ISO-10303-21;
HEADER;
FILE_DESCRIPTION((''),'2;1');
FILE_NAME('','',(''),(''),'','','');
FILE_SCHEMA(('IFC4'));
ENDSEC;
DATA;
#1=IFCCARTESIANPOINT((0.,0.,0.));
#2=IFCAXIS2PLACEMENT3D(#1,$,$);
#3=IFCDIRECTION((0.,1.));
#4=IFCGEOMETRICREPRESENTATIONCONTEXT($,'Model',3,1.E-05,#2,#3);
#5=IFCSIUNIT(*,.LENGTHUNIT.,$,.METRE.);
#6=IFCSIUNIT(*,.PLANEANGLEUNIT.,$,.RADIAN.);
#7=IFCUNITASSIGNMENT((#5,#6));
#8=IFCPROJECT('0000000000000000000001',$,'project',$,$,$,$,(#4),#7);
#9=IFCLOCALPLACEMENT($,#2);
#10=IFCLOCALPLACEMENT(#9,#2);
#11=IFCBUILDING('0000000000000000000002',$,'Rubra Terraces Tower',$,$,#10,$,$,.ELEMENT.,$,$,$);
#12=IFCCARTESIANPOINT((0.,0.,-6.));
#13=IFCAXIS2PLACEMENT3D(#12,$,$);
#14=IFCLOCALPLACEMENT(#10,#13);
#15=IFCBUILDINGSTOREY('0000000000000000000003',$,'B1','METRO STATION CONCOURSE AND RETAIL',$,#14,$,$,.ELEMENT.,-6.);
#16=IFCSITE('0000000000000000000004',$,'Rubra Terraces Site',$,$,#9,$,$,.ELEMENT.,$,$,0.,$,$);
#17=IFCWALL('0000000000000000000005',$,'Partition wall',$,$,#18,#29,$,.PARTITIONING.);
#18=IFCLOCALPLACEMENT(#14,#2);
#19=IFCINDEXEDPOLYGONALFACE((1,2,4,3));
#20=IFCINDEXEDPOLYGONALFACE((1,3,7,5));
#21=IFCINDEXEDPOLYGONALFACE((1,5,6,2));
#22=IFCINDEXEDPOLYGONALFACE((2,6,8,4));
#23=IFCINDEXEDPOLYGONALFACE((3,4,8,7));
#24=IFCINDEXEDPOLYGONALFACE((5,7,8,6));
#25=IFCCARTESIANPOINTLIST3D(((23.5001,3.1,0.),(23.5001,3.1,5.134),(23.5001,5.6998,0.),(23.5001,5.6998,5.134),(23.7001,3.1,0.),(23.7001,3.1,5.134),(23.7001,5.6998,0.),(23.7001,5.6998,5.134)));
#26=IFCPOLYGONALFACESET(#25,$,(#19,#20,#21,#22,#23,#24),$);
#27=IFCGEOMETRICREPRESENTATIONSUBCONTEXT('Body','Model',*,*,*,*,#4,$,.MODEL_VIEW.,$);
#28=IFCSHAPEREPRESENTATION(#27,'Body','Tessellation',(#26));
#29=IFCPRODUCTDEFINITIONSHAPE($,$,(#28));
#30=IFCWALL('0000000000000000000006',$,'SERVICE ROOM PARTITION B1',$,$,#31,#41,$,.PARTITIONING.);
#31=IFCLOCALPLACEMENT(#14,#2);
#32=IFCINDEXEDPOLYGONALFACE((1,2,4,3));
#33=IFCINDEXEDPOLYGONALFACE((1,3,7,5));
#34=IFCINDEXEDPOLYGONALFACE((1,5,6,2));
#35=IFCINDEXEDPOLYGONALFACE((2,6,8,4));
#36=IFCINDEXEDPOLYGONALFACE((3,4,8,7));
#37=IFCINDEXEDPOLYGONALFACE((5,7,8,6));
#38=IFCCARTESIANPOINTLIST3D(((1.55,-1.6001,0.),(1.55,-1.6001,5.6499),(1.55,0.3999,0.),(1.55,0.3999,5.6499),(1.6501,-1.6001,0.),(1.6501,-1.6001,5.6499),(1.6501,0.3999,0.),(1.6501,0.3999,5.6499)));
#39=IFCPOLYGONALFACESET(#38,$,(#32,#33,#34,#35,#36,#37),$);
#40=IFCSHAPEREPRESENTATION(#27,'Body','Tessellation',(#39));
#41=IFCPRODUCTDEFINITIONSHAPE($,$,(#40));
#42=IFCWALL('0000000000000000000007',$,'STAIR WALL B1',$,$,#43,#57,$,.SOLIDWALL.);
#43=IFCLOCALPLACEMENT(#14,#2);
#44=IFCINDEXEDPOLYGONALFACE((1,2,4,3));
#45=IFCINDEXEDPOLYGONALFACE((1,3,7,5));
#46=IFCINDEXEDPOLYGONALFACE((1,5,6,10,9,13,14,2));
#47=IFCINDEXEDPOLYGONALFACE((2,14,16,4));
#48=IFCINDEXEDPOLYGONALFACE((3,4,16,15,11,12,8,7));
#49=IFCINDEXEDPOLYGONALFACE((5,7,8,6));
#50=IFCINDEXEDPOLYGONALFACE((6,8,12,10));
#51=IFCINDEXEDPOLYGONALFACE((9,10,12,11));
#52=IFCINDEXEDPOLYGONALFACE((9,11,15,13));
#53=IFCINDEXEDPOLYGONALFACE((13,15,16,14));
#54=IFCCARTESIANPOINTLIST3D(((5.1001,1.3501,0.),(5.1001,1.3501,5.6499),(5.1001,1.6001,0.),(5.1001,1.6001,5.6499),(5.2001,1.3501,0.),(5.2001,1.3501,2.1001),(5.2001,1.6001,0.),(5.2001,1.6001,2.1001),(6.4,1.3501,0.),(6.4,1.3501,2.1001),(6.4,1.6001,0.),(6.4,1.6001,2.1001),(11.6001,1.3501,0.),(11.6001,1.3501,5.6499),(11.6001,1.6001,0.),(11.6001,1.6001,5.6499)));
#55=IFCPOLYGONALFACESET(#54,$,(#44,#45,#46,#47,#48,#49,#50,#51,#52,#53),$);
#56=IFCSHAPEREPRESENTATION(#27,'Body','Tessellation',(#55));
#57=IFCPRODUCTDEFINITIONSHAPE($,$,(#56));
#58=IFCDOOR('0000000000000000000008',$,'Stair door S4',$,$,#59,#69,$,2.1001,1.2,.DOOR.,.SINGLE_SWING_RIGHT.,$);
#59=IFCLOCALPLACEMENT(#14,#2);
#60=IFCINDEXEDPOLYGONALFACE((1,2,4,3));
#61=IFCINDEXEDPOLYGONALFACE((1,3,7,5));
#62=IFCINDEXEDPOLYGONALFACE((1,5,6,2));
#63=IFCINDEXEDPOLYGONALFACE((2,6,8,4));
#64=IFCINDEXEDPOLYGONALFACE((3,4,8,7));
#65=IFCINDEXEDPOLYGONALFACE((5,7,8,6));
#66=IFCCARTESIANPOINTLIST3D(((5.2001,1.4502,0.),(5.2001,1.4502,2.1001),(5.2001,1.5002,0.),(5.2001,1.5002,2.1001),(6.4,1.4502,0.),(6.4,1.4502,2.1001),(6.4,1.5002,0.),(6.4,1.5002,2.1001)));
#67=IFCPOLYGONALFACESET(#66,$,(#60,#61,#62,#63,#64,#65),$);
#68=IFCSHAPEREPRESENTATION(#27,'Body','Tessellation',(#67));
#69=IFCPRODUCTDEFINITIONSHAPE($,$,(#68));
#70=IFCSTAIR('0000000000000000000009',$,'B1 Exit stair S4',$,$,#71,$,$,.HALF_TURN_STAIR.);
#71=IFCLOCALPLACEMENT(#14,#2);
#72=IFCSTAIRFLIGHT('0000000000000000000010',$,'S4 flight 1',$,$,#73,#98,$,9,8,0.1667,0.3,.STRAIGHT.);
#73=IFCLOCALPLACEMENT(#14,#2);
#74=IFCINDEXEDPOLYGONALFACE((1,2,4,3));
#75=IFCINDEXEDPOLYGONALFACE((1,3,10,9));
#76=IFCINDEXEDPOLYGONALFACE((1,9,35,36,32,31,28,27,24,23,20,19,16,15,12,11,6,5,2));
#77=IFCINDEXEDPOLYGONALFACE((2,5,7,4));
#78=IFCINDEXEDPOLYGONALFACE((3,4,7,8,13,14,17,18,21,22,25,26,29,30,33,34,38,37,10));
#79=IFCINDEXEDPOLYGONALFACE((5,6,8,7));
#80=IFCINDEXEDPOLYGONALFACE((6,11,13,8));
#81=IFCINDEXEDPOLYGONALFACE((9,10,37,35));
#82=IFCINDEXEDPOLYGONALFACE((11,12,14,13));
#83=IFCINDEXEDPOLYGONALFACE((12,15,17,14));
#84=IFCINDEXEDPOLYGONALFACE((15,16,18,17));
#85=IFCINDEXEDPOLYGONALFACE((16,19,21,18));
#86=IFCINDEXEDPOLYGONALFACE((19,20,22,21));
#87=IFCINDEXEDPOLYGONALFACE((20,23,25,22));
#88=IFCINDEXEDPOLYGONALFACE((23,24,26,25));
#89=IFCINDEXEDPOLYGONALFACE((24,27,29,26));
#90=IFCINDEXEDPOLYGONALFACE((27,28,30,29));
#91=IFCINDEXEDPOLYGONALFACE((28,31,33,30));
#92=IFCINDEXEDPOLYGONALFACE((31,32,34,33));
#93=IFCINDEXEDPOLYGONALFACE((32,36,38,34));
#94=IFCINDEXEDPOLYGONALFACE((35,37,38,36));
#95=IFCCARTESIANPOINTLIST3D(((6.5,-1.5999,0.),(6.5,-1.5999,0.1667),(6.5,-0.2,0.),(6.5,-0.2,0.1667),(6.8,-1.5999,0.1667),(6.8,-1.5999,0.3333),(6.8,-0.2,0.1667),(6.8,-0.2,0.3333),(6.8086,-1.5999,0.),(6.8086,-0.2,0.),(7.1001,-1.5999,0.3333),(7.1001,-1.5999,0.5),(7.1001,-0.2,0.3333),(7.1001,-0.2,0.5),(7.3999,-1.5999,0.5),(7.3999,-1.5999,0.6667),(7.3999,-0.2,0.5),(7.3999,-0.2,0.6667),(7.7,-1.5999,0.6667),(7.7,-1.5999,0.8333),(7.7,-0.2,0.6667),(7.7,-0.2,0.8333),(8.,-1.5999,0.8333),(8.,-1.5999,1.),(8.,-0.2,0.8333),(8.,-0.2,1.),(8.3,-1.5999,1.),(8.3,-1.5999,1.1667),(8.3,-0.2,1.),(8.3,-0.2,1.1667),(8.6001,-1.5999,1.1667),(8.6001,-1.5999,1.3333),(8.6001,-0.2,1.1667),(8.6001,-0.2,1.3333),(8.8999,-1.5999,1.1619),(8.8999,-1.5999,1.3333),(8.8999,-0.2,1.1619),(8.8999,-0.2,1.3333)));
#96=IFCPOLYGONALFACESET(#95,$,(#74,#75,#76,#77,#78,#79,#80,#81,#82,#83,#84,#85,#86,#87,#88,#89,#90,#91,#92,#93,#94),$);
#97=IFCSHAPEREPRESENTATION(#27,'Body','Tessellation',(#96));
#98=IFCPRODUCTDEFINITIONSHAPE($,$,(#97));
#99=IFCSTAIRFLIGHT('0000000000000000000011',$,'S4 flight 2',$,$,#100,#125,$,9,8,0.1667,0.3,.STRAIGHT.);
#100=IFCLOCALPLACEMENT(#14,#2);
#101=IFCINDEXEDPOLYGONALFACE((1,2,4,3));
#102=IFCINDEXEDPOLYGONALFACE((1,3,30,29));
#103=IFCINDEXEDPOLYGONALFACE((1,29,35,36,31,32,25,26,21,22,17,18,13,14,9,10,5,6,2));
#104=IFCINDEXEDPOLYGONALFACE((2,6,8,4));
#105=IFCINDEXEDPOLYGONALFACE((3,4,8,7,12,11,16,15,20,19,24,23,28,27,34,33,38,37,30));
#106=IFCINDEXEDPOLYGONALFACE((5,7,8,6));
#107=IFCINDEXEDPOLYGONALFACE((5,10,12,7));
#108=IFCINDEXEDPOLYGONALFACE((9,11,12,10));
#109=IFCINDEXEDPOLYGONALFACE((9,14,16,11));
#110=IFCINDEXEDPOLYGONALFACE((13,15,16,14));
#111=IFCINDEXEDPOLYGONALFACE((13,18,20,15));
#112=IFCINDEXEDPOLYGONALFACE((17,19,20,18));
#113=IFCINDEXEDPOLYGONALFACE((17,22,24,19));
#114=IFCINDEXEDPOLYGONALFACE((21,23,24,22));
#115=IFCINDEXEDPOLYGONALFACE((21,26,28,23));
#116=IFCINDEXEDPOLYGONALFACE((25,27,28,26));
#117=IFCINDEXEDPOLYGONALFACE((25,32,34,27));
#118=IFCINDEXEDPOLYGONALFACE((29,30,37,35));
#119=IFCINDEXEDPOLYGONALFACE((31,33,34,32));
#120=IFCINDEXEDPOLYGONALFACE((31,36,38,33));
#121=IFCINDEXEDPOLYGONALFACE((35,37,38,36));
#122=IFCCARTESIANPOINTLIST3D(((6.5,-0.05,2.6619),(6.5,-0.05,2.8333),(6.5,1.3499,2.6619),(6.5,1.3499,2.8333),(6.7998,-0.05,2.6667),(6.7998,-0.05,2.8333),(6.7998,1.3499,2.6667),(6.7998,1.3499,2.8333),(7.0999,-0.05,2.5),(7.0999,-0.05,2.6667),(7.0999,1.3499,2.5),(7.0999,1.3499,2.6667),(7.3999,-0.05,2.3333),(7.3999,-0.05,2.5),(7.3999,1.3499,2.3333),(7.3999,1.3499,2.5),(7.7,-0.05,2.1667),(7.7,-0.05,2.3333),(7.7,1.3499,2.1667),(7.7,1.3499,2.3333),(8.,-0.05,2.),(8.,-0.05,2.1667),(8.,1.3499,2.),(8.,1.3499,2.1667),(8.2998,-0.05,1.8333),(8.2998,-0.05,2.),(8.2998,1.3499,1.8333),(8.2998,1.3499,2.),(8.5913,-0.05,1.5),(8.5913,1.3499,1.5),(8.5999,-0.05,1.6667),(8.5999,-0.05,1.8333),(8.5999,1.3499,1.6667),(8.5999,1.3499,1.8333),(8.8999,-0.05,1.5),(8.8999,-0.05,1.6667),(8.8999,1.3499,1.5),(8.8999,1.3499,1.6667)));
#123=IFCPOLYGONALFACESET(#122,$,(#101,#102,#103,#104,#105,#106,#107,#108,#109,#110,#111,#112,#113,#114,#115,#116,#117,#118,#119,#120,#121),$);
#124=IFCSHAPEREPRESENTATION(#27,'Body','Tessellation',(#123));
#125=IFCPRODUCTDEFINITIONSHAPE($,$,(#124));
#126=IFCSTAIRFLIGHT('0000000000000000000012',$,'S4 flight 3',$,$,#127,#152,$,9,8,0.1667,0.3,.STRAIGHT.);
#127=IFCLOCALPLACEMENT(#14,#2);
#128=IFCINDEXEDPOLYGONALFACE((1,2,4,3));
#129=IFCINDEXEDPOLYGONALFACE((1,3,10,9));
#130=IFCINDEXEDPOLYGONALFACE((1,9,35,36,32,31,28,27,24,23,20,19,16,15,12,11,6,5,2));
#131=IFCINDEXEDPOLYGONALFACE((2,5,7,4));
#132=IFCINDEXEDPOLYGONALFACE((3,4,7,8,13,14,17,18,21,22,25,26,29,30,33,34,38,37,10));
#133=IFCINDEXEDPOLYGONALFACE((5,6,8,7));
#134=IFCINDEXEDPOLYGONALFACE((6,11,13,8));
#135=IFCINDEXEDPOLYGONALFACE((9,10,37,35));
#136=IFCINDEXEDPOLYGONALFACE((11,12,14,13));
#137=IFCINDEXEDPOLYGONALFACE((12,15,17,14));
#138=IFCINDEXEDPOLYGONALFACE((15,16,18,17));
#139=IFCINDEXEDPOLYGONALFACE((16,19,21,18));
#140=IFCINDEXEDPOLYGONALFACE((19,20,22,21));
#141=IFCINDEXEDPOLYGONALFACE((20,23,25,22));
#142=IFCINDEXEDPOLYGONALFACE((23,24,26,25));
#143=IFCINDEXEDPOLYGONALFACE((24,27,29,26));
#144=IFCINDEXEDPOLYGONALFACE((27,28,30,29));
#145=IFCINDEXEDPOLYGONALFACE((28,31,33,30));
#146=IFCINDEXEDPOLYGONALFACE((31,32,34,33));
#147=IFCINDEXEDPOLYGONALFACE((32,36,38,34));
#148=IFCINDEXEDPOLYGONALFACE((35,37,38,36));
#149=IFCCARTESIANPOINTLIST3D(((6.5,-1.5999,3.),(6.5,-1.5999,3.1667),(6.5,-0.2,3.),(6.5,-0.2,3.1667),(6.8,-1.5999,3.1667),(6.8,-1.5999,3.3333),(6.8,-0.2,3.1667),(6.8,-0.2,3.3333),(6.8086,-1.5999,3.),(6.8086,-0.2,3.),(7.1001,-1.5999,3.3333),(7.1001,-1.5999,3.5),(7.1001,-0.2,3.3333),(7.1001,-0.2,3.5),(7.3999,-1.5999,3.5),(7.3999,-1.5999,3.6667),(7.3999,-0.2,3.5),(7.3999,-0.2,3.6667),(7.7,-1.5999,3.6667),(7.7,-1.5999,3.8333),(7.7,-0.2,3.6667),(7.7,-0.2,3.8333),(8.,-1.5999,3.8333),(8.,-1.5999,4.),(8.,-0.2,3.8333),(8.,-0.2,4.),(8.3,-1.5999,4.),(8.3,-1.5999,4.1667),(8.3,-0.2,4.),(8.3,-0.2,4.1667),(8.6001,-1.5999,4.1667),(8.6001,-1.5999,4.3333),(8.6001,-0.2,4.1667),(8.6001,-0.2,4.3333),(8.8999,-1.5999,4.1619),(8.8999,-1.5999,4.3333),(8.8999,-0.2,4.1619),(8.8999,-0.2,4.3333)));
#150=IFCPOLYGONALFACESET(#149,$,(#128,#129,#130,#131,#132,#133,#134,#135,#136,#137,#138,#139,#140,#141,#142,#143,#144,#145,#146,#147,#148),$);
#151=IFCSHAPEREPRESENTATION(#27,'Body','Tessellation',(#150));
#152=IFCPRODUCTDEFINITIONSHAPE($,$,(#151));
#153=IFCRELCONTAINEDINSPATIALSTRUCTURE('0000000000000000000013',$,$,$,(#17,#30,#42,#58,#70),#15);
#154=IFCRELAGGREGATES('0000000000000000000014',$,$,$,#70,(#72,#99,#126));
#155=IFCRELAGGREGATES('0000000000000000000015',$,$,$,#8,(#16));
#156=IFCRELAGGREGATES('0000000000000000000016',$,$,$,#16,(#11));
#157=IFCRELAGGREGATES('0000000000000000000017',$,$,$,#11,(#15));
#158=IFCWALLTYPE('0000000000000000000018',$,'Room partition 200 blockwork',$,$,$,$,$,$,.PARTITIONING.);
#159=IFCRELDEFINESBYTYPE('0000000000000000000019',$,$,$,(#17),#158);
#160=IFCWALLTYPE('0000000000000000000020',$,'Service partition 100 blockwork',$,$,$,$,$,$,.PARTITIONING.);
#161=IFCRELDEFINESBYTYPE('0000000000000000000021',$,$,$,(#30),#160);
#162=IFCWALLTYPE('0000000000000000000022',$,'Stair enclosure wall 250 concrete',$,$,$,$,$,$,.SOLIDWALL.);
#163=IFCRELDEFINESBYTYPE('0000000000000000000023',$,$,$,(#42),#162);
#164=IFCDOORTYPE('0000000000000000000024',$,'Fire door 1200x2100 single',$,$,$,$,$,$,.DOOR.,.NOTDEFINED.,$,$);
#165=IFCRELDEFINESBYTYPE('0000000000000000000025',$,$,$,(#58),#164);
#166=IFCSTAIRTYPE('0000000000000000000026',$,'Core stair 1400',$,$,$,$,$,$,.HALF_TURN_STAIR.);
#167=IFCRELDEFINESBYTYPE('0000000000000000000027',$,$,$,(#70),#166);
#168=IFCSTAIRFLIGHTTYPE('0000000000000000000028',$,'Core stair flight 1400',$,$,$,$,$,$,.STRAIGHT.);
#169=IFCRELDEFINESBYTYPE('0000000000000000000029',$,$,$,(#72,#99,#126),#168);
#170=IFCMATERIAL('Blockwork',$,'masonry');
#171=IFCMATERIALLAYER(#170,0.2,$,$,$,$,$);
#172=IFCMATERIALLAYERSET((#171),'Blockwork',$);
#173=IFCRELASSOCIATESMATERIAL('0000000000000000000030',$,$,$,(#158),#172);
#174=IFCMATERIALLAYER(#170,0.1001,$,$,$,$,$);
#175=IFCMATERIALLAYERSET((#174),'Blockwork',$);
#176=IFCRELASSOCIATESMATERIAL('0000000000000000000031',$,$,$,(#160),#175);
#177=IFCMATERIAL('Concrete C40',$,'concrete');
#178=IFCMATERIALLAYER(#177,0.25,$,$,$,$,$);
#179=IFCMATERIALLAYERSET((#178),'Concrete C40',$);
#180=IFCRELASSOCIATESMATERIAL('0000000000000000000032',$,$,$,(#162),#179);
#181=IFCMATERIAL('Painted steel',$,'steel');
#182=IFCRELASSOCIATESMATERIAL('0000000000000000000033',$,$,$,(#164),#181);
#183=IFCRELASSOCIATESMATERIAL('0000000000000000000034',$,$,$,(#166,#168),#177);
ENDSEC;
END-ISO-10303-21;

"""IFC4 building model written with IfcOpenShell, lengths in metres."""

from ifc_helpers import new_model, si_unit, direction, frame, frame_2d, origin, place, context, subcontext, project, spatial, polyline, rectangle, outline, extrude, material, layer, layer_set, type_object, element, fill, aggregate, save


model = new_model("IFC4")

# Units and contexts
model_context = context("Model", 3, precision=1e-05, world=origin(), true_north=direction((0.0, 1.0)))
body_context = subcontext(model_context, "Body", "Model", "MODEL_VIEW")
ifc_project = project(units=[si_unit("LENGTHUNIT", "METRE"), si_unit("PLANEANGLEUNIT", "RADIAN")], contexts=[model_context])

# Site, building, storey
site_placement = place(None, origin())
site = spatial("IfcSite", under=ifc_project, at=site_placement, Name="Rubra Terraces Site", CompositionType="ELEMENT", RefElevation=0.0)
building_placement = place(site_placement, origin())
building = spatial("IfcBuilding", under=site, at=building_placement, Name="Rubra Terraces Tower", CompositionType="ELEMENT")
storey_placement = place(building_placement, frame((0.0, 0.0, -6.0)))
storey = spatial("IfcBuildingStorey", under=building, at=storey_placement, Name="B1", Description="METRO STATION CONCOURSE AND RETAIL", CompositionType="ELEMENT", Elevation=-6.0)

# Shared definitions
ifc_material_1 = material(Name="Painted steel", Category="steel")

# Shared definitions
ifc_material_2 = material(Name="Blockwork", Category="masonry")

# Walls
ifc_layer_1 = layer(ifc_material_2, 0.2)
ifc_layer_set_1 = layer_set([ifc_layer_1], Name="Blockwork")
wall_type_1 = type_object("IfcWallType", Name="Room partition 200 blockwork", PredefinedType="PARTITIONING", material=ifc_layer_set_1)
wall_1_placement = place(storey_placement, frame((23.6001, 3.1001, 0.0), z_axis=(0.0, 0.0, 1.0), x_axis=(0.0, 1.0, 0.0)))
element("IfcWall", 1, at=wall_1_placement, inside=storey, type_object=wall_type_1, Name="Partition wall", PredefinedType="PARTITIONING", context=body_context, shape_type="SweptSolid", body=[
    extrude(rectangle(XDim=2.5999, YDim=0.2, at=frame_2d((1.2998, 0.0))), origin(), (0.0, 0.0, 1.0), 5.134),
])
ifc_layer_2 = layer(ifc_material_2, 0.1001)
ifc_layer_set_2 = layer_set([ifc_layer_2], Name="Blockwork")
wall_type_2 = type_object("IfcWallType", Name="Service partition 100 blockwork", PredefinedType="PARTITIONING", material=ifc_layer_set_2)
wall_2_placement = place(storey_placement, frame((1.6001, -1.6001, 0.0), z_axis=(0.0, 0.0, 1.0), x_axis=(0.0, 1.0, 0.0)))
element("IfcWall", 2, at=wall_2_placement, inside=storey, type_object=wall_type_2, Name="SERVICE ROOM PARTITION B1", PredefinedType="PARTITIONING", context=body_context, shape_type="SweptSolid", body=[
    extrude(rectangle(XDim=2.0, YDim=0.1001, at=frame_2d((1.0, 0.0))), origin(), (0.0, 0.0, 1.0), 5.6499),
])

# Wall, opening, door
ifc_material_3 = material(Name="Concrete C40", Category="concrete")
ifc_layer_3 = layer(ifc_material_3, 0.25)
ifc_layer_set_3 = layer_set([ifc_layer_3], Name="Concrete C40")
wall_type_3 = type_object("IfcWallType", Name="Stair enclosure wall 250 concrete", PredefinedType="SOLIDWALL", material=ifc_layer_set_3)
wall_3_placement = place(storey_placement, frame((11.6001, 1.4751, 0.0), z_axis=(0.0, 0.0, 1.0), x_axis=(-1.0, 0.0, 0.0)))
wall_3 = element("IfcWall", 3, at=wall_3_placement, inside=storey, type_object=wall_type_3, Name="STAIR WALL B1", PredefinedType="SOLIDWALL", context=body_context, shape_type="SweptSolid", body=[
    extrude(rectangle(XDim=6.5, YDim=0.25, at=frame_2d((3.25, 0.0))), origin(), (0.0, 0.0, 1.0), 5.6499),
])
opening_1_placement = place(wall_3_placement, frame((5.2, 0.0, 0.0)))
opening_1 = element("IfcOpeningElement", 4, at=opening_1_placement, cuts=wall_3, PredefinedType="OPENING", context=body_context, shape_type="SweptSolid", body=[
    extrude(rectangle(XDim=1.2, YDim=2.1001, at=frame_2d((0.6001, 1.05))), frame((0.0, 0.135, 0.0), z_axis=(0.0, -1.0, 0.0), x_axis=(1.0, 0.0, 0.0)), (0.0, 0.0, 1.0), 0.27),
])
door_type_1 = type_object("IfcDoorType", Name="Fire door 1200x2100 single", OperationType="NOTDEFINED", PredefinedType="DOOR", material=ifc_material_1)
door_1_placement = place(opening_1_placement, origin())
door_1 = element("IfcDoor", 5, at=door_1_placement, inside=storey, type_object=door_type_1, Name="Stair door S4", OperationType="SINGLE_SWING_RIGHT", OverallHeight=2.1001, OverallWidth=1.2, PredefinedType="DOOR", context=body_context, shape_type="SweptSolid", body=[
    extrude(rectangle(XDim=1.2, YDim=2.1001, at=frame_2d((0.6001, 1.05))), frame((0.0, 0.0249, 0.0), z_axis=(0.0, -1.0, 0.0), x_axis=(1.0, 0.0, 0.0)), (0.0, 0.0, 1.0), 0.05),
])
fill(opening_1, door_1)

# Stair, stair flights
stair_type_1 = type_object("IfcStairType", Name="Core stair 1400", PredefinedType="HALF_TURN_STAIR", material=ifc_material_3)
stair_1_placement = place(storey_placement, origin())
stair_1 = element("IfcStair", 6, at=stair_1_placement, inside=storey, type_object=stair_type_1, Name="B1 Exit stair S4", PredefinedType="HALF_TURN_STAIR")
stair_flight_type = type_object("IfcStairFlightType", Name="Core stair flight 1400", PredefinedType="STRAIGHT", material=ifc_material_3)
stair_flight_1_placement = place(storey_placement, frame((6.5, -0.8999, 0.0), z_axis=(0.0, 0.0, 1.0), x_axis=(1.0, 0.0, 0.0)))
stair_flight_1 = element("IfcStairFlight", 7, at=stair_flight_1_placement, type_object=stair_flight_type, Name="S4 flight 1", NumberOfRisers=9, NumberOfTreads=8, PredefinedType="STRAIGHT", RiserHeight=0.1667, TreadLength=0.3, context=body_context, shape_type="SweptSolid", body=[
    extrude(outline(polyline([(0.0, 0.0), (0.0, 0.1667), (0.3, 0.1667), (0.3, 0.3333), (0.6001, 0.3333), (0.6001, 0.5), (0.8999, 0.5), (0.8999, 0.6667), (1.2, 0.6667), (1.2, 0.8333), (1.5, 0.8333), (1.5, 1.0), (1.8, 1.0), (1.8, 1.1667), (2.1001, 1.1667), (2.1001, 1.3333), (2.3999, 1.3333), (2.3999, 1.5), (2.3999, 1.1619), (0.3086, 0.0), (0.0, 0.0)])), frame((0.0, 0.7, 0.0), z_axis=(0.0, -1.0, 0.0), x_axis=(1.0, 0.0, 0.0)), (0.0, 0.0, 1.0), 1.3999),
])
stair_flight_2_placement = place(storey_placement, frame((8.8999, 0.6499, 1.5), z_axis=(0.0, 0.0, 1.0), x_axis=(-1.0, 0.0, 0.0)))
stair_flight_2 = element("IfcStairFlight", 8, at=stair_flight_2_placement, type_object=stair_flight_type, Name="S4 flight 2", NumberOfRisers=9, NumberOfTreads=8, PredefinedType="STRAIGHT", RiserHeight=0.1667, TreadLength=0.3, context=body_context, shape_type="SweptSolid", body=[
    extrude(outline(polyline([(0.0, 0.0), (0.0, 0.1667), (0.3, 0.1667), (0.3, 0.3333), (0.6001, 0.3333), (0.6001, 0.5), (0.8999, 0.5), (0.8999, 0.6667), (1.2, 0.6667), (1.2, 0.8333), (1.5, 0.8333), (1.5, 1.0), (1.8, 1.0), (1.8, 1.1667), (2.1001, 1.1667), (2.1001, 1.3333), (2.3999, 1.3333), (2.3999, 1.5), (2.3999, 1.1619), (0.3086, 0.0), (0.0, 0.0)])), frame((0.0, 0.7, 0.0), z_axis=(0.0, -1.0, 0.0), x_axis=(1.0, 0.0, 0.0)), (0.0, 0.0, 1.0), 1.3999),
])
stair_flight_3_placement = place(storey_placement, frame((6.5, -0.8999, 3.0), z_axis=(0.0, 0.0, 1.0), x_axis=(1.0, 0.0, 0.0)))
stair_flight_3 = element("IfcStairFlight", 9, at=stair_flight_3_placement, type_object=stair_flight_type, Name="S4 flight 3", NumberOfRisers=9, NumberOfTreads=8, PredefinedType="STRAIGHT", RiserHeight=0.1667, TreadLength=0.3, context=body_context, shape_type="SweptSolid", body=[
    extrude(outline(polyline([(0.0, 0.0), (0.0, 0.1667), (0.3, 0.1667), (0.3, 0.3333), (0.6001, 0.3333), (0.6001, 0.5), (0.8999, 0.5), (0.8999, 0.6667), (1.2, 0.6667), (1.2, 0.8333), (1.5, 0.8333), (1.5, 1.0), (1.8, 1.0), (1.8, 1.1667), (2.1001, 1.1667), (2.1001, 1.3333), (2.3999, 1.3333), (2.3999, 1.5), (2.3999, 1.1619), (0.3086, 0.0), (0.0, 0.0)])), frame((0.0, 0.7, 0.0), z_axis=(0.0, -1.0, 0.0), x_axis=(1.0, 0.0, 0.0)), (0.0, 0.0, 1.0), 1.3999),
])
aggregate(stair_1, [stair_flight_1, stair_flight_2, stair_flight_3])

save(model, "model.ifc")
